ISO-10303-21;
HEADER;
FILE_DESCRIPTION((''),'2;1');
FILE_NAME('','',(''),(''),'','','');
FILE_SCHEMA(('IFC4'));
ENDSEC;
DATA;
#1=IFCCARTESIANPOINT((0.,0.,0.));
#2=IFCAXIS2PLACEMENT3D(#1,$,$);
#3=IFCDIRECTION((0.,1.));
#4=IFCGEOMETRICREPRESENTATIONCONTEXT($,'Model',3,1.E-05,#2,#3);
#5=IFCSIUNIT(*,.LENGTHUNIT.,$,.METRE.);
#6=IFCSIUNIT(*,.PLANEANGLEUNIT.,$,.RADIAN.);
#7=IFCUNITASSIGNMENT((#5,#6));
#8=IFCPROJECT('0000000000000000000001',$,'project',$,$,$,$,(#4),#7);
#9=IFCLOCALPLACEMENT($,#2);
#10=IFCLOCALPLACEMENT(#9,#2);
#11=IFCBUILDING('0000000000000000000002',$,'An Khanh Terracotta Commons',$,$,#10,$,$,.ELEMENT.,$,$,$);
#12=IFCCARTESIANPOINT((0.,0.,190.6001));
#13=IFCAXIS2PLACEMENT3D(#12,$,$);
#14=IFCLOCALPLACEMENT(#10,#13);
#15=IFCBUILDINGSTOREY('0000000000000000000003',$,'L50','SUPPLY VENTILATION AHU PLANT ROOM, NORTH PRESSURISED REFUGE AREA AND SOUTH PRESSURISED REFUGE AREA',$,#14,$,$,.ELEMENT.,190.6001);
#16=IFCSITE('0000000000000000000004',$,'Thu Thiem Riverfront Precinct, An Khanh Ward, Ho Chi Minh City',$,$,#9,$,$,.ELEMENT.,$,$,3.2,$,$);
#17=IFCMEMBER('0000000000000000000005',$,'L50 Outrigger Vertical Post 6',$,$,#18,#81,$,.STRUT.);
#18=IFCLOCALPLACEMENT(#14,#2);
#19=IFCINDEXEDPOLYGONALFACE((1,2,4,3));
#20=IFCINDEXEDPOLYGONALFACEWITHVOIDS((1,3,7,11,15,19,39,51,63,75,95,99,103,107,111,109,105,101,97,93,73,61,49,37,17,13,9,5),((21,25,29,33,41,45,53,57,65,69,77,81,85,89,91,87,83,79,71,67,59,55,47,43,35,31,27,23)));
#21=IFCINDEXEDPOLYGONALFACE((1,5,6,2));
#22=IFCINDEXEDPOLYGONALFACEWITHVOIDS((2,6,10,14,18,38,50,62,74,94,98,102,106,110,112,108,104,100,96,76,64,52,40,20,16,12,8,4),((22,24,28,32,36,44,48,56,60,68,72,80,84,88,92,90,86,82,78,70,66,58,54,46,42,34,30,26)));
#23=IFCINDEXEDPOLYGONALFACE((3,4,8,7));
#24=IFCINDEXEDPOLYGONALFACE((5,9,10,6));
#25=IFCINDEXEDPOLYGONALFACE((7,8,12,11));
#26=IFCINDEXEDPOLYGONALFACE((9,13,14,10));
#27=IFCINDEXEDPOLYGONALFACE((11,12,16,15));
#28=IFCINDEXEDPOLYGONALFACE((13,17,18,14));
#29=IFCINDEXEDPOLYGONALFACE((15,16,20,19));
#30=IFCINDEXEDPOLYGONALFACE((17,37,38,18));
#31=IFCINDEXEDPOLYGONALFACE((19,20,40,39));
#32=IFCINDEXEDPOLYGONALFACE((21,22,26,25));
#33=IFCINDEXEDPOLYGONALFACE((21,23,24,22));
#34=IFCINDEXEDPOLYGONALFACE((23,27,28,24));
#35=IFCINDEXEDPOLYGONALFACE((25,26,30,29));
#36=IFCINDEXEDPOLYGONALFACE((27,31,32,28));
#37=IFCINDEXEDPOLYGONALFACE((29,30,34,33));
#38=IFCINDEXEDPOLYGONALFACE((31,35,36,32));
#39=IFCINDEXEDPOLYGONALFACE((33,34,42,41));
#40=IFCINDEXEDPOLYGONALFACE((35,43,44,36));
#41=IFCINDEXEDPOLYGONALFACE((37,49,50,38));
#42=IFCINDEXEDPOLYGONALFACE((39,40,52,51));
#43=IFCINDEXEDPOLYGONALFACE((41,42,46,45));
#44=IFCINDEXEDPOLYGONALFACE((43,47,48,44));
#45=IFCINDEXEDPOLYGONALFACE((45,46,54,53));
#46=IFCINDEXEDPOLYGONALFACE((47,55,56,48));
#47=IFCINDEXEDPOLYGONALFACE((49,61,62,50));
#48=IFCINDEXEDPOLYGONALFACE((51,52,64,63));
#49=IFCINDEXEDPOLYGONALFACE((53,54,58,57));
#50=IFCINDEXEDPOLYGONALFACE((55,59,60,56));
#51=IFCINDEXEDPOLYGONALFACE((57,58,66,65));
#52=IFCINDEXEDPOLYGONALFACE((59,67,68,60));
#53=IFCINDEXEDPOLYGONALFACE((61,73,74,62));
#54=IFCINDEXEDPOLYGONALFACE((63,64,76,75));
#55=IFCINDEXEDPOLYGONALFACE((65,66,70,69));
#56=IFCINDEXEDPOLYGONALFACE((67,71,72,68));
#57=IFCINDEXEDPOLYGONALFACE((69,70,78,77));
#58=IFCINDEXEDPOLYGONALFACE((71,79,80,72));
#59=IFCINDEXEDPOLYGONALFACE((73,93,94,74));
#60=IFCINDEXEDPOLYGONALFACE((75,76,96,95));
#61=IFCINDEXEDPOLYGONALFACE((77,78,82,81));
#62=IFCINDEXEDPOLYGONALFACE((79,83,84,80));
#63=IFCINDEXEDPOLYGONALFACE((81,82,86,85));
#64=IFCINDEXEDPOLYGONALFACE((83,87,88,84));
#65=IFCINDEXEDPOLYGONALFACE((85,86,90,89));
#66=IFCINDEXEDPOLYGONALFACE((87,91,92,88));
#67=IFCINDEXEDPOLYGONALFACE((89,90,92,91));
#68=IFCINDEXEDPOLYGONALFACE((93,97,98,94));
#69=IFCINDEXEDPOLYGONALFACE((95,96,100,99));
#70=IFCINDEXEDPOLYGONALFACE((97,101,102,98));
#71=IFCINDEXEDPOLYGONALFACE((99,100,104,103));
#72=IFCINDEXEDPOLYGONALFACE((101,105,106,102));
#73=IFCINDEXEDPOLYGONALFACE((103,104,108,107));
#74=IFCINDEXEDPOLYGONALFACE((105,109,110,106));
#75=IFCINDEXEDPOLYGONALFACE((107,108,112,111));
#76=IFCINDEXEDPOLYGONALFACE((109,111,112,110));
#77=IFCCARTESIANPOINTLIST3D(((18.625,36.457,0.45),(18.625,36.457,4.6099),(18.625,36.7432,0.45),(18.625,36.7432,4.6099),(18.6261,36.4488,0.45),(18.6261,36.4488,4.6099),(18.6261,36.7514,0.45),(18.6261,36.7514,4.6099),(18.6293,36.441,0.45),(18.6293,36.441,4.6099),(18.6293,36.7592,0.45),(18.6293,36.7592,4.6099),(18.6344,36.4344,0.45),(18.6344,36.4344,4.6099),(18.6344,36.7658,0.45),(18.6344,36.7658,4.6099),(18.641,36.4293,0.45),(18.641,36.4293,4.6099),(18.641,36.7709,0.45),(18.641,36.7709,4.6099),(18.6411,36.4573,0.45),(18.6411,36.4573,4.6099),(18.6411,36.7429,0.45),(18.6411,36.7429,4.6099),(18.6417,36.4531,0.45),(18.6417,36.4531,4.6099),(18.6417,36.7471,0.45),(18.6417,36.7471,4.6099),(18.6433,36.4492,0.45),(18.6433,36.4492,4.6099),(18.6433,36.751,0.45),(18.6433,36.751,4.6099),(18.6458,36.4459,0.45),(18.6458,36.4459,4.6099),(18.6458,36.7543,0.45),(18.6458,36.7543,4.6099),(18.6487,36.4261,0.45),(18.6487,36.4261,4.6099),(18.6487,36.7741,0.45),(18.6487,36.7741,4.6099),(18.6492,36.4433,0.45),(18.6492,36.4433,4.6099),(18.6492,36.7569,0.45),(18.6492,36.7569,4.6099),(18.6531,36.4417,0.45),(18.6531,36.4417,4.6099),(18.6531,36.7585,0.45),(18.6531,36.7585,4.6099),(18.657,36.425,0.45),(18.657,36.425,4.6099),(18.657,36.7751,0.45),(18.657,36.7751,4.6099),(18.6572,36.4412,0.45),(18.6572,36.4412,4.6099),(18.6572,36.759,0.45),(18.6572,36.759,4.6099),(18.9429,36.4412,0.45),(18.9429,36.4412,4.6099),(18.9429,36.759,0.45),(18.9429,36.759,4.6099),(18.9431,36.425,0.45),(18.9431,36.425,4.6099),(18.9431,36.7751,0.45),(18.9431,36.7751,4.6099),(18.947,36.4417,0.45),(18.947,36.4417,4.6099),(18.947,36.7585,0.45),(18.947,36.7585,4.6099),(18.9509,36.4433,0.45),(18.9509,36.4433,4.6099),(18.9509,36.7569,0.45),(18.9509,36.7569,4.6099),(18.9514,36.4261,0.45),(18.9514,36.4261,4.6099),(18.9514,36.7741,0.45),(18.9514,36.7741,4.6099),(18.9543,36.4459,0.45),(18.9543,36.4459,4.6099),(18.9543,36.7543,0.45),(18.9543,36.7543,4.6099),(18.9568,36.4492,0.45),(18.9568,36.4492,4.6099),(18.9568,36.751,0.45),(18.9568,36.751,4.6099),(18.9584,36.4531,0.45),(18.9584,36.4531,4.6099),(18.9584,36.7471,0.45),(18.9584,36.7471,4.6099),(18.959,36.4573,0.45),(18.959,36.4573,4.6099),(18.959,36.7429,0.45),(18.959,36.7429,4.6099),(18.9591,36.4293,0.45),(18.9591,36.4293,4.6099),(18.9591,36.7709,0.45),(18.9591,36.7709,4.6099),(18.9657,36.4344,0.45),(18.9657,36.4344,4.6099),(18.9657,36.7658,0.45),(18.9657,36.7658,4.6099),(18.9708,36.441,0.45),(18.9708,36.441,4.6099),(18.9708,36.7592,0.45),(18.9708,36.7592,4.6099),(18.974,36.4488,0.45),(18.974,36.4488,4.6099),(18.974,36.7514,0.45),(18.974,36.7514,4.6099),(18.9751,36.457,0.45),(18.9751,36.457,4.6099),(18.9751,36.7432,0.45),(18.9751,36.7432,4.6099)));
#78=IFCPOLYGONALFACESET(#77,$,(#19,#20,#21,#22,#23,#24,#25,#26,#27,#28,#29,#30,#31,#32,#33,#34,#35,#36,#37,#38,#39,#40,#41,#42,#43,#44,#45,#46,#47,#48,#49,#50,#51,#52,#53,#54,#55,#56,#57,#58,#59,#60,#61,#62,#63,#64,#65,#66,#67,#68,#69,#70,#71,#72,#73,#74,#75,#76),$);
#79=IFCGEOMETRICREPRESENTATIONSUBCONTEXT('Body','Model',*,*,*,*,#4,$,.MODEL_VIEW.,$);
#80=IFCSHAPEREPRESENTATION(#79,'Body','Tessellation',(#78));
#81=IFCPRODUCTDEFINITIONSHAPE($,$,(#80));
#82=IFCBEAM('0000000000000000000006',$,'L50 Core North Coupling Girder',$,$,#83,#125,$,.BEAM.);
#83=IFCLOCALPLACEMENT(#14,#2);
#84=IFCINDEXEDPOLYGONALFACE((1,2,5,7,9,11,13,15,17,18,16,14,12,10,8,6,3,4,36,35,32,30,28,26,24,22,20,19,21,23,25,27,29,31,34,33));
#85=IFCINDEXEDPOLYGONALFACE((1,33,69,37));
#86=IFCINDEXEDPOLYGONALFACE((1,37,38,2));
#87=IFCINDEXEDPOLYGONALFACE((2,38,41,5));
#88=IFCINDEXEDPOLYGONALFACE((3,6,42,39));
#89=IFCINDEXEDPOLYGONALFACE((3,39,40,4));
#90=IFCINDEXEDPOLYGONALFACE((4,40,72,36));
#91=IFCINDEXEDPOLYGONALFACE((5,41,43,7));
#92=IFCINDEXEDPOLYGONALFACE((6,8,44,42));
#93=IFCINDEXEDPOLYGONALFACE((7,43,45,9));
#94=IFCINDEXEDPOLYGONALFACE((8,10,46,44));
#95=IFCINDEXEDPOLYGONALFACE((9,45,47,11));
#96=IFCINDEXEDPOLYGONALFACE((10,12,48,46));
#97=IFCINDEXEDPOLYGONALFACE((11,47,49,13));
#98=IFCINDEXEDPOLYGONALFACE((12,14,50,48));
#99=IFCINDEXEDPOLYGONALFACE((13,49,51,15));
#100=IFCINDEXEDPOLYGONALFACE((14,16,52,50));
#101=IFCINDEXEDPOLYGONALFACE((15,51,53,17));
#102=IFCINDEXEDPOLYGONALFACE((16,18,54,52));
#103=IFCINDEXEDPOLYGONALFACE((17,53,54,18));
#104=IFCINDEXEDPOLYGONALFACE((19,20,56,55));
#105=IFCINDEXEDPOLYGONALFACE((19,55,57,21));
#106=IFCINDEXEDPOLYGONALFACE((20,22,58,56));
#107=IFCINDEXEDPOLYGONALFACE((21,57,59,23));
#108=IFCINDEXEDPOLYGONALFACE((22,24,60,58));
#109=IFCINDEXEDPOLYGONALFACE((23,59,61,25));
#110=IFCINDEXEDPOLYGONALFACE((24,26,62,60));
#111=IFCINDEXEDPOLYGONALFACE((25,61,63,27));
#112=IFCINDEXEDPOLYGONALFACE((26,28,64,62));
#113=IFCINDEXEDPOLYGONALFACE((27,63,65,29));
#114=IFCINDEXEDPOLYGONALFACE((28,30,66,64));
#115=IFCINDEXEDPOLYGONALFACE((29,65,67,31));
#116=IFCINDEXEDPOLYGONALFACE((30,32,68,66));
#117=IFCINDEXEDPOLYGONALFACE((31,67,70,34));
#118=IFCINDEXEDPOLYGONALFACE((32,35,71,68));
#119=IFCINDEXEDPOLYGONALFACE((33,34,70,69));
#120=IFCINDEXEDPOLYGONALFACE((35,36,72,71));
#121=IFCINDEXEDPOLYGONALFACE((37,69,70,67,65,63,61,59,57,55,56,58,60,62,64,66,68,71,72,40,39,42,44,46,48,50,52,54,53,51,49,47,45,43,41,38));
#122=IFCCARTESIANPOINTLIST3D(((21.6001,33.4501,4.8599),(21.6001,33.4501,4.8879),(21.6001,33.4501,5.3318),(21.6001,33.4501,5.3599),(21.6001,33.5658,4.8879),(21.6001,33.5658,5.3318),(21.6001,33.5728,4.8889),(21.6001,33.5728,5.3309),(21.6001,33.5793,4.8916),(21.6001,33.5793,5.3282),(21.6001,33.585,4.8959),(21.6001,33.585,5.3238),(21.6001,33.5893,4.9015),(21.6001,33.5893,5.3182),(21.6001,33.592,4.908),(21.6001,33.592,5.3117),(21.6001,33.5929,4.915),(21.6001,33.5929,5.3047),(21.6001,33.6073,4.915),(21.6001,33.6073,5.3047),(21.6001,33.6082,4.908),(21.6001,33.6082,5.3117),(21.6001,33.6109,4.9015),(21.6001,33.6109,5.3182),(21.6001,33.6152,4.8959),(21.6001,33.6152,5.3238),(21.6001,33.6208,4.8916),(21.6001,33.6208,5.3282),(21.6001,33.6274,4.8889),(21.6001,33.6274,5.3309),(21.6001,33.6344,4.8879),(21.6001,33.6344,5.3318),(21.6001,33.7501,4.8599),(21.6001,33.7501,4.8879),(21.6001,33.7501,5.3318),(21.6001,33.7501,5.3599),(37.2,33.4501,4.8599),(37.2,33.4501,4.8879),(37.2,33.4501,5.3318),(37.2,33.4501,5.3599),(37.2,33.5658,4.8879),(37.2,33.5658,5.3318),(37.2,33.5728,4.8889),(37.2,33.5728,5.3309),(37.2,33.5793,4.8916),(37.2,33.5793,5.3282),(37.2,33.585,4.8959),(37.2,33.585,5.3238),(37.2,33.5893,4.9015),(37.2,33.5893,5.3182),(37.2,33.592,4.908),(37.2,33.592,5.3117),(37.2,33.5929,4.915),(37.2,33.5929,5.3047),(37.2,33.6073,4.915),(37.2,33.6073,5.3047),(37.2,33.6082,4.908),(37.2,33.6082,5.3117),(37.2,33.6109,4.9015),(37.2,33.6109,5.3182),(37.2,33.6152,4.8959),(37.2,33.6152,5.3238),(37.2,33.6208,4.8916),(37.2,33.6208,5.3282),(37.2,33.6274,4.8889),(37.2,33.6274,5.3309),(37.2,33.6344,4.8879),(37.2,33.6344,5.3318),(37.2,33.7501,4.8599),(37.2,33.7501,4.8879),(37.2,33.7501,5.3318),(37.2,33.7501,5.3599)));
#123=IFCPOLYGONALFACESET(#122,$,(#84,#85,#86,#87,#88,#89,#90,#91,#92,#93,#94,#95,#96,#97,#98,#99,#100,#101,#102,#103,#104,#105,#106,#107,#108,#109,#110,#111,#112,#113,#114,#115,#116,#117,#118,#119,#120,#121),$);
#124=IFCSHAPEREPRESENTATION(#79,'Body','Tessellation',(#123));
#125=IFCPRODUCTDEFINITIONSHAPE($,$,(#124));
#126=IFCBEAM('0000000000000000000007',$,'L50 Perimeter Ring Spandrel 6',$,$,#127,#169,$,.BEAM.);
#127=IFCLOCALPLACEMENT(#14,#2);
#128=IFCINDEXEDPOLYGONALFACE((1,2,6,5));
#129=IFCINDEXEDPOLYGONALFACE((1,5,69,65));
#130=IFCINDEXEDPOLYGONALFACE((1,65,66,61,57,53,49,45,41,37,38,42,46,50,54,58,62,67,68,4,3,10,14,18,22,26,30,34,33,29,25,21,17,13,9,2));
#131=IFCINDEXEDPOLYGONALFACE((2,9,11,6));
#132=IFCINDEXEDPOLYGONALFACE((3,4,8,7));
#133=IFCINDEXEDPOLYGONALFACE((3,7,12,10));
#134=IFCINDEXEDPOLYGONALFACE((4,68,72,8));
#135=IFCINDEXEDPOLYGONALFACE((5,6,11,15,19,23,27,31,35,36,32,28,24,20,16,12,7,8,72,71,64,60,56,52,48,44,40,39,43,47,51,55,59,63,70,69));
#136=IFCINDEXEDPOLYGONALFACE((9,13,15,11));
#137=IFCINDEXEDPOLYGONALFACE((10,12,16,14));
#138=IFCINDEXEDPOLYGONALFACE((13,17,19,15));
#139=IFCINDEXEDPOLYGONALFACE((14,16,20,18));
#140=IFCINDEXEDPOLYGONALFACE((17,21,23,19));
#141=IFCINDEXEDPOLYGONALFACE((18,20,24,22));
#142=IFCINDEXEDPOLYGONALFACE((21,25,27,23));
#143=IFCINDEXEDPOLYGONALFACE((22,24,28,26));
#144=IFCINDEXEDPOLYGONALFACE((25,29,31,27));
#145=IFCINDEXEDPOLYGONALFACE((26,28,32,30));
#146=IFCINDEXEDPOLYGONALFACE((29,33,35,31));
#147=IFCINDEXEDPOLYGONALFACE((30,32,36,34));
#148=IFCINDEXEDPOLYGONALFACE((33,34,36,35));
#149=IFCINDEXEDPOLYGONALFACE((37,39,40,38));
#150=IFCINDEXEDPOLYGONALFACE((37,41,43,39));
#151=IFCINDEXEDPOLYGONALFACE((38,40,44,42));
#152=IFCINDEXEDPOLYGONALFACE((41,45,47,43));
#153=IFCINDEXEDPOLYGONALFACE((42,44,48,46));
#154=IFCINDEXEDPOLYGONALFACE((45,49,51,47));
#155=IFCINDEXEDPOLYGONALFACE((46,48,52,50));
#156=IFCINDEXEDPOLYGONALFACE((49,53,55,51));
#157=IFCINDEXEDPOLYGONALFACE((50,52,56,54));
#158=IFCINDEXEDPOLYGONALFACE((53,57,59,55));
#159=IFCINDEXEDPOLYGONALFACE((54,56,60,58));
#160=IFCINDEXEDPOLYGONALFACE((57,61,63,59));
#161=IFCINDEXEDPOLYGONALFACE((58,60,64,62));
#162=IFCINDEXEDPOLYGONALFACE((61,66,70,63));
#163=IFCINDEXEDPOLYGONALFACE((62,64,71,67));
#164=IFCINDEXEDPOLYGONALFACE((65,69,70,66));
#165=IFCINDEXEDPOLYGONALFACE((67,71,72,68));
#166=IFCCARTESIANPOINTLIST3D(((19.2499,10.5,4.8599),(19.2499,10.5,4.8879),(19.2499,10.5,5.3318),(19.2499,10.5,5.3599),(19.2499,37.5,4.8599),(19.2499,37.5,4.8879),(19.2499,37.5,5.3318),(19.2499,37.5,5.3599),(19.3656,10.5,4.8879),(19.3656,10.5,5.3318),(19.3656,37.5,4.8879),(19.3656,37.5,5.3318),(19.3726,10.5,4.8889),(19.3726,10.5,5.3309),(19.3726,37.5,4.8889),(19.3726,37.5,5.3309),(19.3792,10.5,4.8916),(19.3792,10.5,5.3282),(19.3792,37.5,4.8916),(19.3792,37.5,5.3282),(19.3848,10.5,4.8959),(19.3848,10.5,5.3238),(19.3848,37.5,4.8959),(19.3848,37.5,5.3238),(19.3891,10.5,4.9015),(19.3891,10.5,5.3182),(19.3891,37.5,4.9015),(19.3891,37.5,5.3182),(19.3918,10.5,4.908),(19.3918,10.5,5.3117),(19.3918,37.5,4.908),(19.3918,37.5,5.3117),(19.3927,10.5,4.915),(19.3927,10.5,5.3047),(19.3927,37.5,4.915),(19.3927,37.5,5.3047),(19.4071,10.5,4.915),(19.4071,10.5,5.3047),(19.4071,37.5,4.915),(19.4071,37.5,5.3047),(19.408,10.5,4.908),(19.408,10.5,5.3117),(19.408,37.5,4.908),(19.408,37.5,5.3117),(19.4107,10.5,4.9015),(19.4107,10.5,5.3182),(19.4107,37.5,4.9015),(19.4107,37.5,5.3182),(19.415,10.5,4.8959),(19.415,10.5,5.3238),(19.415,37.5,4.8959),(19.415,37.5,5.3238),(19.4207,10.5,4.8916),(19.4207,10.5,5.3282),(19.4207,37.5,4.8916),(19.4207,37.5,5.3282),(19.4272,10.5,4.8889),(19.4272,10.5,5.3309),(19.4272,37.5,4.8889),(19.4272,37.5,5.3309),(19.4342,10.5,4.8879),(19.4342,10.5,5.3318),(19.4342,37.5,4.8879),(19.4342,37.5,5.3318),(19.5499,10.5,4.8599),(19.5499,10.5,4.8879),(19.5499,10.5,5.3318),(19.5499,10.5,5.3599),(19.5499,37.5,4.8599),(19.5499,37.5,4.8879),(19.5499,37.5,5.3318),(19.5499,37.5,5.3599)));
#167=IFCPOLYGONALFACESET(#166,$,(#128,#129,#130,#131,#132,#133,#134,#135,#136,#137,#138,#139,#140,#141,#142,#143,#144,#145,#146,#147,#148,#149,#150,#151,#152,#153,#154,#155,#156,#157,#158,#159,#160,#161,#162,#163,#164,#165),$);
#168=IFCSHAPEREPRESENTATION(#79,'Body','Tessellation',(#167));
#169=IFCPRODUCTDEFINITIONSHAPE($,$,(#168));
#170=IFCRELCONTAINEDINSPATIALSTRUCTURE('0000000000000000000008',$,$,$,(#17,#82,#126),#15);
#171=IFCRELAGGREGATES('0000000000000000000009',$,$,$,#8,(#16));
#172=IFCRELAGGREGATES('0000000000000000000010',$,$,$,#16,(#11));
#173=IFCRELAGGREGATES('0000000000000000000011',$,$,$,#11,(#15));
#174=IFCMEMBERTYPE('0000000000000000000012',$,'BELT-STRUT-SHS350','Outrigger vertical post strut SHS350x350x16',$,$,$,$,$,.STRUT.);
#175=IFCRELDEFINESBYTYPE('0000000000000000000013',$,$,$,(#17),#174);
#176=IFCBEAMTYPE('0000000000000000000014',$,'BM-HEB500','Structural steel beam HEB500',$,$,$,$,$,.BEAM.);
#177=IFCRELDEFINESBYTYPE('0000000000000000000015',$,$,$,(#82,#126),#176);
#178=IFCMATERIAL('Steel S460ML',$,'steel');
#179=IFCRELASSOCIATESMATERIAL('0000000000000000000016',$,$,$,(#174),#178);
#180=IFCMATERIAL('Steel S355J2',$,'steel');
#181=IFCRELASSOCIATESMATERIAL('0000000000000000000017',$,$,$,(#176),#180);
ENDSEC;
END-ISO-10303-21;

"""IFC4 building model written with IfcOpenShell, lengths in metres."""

from ifc_helpers import new_model, si_unit, direction, frame, origin, origin_2d, place, context, subcontext, project, spatial, hollow_rectangle, i_section, extrude, material, material_profile, profile_set, type_object, element, save


model = new_model("IFC4")

# Units and contexts
model_context = context("Model", 3, precision=1e-05, world=origin(), true_north=direction((0.0, 1.0)))
body_context = subcontext(model_context, "Body", "Model", "MODEL_VIEW")
ifc_project = project(units=[si_unit("LENGTHUNIT", "METRE"), si_unit("PLANEANGLEUNIT", "RADIAN")], contexts=[model_context])

# Site, building, storey
site_placement = place(None, origin())
site = spatial("IfcSite", under=ifc_project, at=site_placement, Name="Thu Thiem Riverfront Precinct, An Khanh Ward, Ho Chi Minh City", CompositionType="ELEMENT", RefElevation=3.2)
building_placement = place(site_placement, origin())
building = spatial("IfcBuilding", under=site, at=building_placement, Name="An Khanh Terracotta Commons", CompositionType="ELEMENT")
storey_placement = place(building_placement, frame((0.0, 0.0, 190.6001)))
storey = spatial("IfcBuildingStorey", under=building, at=storey_placement, Name="L50", Description="SUPPLY VENTILATION AHU PLANT ROOM, NORTH PRESSURISED REFUGE AREA AND SOUTH PRESSURISED REFUGE AREA", CompositionType="ELEMENT", Elevation=190.6001)

# Member
ifc_material_1 = material(Name="Steel S460ML", Category="steel")
ifc_material_profile_1 = material_profile(ifc_material_1, hollow_rectangle(XDim=0.3501, YDim=0.3501, WallThickness=0.0161, InnerFilletRadius=0.0161, OuterFilletRadius=0.032, at=origin_2d()), Name="SHS350x350x16")
ifc_profile_set_1 = profile_set([ifc_material_profile_1], Name="Steel S460ML")
member_type_1 = type_object("IfcMemberType", Name="BELT-STRUT-SHS350", Description="Outrigger vertical post strut SHS350x350x16", PredefinedType="STRUT", material=ifc_profile_set_1)
member_1_placement = place(storey_placement, frame((18.8, 36.6001, 0.45), z_axis=(0.0, 0.0, 1.0), x_axis=(1.0, 0.0, 0.0)))
element("IfcMember", 1, at=member_1_placement, inside=storey, type_object=member_type_1, Name="L50 Outrigger Vertical Post 6", PredefinedType="STRUT", context=body_context, shape_type="SweptSolid", body=[
    extrude(hollow_rectangle(XDim=0.3501, YDim=0.3501, WallThickness=0.0161, InnerFilletRadius=0.0161, OuterFilletRadius=0.032, at=origin_2d()), origin(), (0.0, 0.0, 1.0), 4.1599),
])

# Beams
ifc_material_2 = material(Name="Steel S355J2", Category="steel")
ifc_material_profile_2 = material_profile(ifc_material_2, i_section(OverallWidth=0.3, OverallDepth=0.5, WebThickness=0.0144, FlangeThickness=0.0281, FilletRadius=0.0271, at=origin_2d()), Name="HEB500")
ifc_profile_set_2 = profile_set([ifc_material_profile_2], Name="Steel S355J2")
beam_type_1 = type_object("IfcBeamType", Name="BM-HEB500", Description="Structural steel beam HEB500", PredefinedType="BEAM", material=ifc_profile_set_2)
beam_1_placement = place(storey_placement, frame((21.6001, 33.6001, 5.1099), z_axis=(1.0, 0.0, 0.0), x_axis=(0.0, 1.0, 0.0)))
element("IfcBeam", 2, at=beam_1_placement, inside=storey, type_object=beam_type_1, Name="L50 Core North Coupling Girder", PredefinedType="BEAM", context=body_context, shape_type="SweptSolid", body=[
    extrude(i_section(OverallWidth=0.3, OverallDepth=0.5, WebThickness=0.0144, FlangeThickness=0.0281, FilletRadius=0.0271, at=origin_2d()), origin(), (0.0, 0.0, 1.0), 15.5999),
])
beam_2_placement = place(storey_placement, frame((19.3999, 37.5, 5.1099), z_axis=(0.0, -1.0, 0.0), x_axis=(1.0, 0.0, 0.0)))
element("IfcBeam", 3, at=beam_2_placement, inside=storey, type_object=beam_type_1, Name="L50 Perimeter Ring Spandrel 6", PredefinedType="BEAM", context=body_context, shape_type="SweptSolid", body=[
    extrude(i_section(OverallWidth=0.3, OverallDepth=0.5, WebThickness=0.0144, FlangeThickness=0.0281, FilletRadius=0.0271, at=origin_2d()), origin(), (0.0, 0.0, 1.0), 27.0),
])

save(model, "model.ifc")
